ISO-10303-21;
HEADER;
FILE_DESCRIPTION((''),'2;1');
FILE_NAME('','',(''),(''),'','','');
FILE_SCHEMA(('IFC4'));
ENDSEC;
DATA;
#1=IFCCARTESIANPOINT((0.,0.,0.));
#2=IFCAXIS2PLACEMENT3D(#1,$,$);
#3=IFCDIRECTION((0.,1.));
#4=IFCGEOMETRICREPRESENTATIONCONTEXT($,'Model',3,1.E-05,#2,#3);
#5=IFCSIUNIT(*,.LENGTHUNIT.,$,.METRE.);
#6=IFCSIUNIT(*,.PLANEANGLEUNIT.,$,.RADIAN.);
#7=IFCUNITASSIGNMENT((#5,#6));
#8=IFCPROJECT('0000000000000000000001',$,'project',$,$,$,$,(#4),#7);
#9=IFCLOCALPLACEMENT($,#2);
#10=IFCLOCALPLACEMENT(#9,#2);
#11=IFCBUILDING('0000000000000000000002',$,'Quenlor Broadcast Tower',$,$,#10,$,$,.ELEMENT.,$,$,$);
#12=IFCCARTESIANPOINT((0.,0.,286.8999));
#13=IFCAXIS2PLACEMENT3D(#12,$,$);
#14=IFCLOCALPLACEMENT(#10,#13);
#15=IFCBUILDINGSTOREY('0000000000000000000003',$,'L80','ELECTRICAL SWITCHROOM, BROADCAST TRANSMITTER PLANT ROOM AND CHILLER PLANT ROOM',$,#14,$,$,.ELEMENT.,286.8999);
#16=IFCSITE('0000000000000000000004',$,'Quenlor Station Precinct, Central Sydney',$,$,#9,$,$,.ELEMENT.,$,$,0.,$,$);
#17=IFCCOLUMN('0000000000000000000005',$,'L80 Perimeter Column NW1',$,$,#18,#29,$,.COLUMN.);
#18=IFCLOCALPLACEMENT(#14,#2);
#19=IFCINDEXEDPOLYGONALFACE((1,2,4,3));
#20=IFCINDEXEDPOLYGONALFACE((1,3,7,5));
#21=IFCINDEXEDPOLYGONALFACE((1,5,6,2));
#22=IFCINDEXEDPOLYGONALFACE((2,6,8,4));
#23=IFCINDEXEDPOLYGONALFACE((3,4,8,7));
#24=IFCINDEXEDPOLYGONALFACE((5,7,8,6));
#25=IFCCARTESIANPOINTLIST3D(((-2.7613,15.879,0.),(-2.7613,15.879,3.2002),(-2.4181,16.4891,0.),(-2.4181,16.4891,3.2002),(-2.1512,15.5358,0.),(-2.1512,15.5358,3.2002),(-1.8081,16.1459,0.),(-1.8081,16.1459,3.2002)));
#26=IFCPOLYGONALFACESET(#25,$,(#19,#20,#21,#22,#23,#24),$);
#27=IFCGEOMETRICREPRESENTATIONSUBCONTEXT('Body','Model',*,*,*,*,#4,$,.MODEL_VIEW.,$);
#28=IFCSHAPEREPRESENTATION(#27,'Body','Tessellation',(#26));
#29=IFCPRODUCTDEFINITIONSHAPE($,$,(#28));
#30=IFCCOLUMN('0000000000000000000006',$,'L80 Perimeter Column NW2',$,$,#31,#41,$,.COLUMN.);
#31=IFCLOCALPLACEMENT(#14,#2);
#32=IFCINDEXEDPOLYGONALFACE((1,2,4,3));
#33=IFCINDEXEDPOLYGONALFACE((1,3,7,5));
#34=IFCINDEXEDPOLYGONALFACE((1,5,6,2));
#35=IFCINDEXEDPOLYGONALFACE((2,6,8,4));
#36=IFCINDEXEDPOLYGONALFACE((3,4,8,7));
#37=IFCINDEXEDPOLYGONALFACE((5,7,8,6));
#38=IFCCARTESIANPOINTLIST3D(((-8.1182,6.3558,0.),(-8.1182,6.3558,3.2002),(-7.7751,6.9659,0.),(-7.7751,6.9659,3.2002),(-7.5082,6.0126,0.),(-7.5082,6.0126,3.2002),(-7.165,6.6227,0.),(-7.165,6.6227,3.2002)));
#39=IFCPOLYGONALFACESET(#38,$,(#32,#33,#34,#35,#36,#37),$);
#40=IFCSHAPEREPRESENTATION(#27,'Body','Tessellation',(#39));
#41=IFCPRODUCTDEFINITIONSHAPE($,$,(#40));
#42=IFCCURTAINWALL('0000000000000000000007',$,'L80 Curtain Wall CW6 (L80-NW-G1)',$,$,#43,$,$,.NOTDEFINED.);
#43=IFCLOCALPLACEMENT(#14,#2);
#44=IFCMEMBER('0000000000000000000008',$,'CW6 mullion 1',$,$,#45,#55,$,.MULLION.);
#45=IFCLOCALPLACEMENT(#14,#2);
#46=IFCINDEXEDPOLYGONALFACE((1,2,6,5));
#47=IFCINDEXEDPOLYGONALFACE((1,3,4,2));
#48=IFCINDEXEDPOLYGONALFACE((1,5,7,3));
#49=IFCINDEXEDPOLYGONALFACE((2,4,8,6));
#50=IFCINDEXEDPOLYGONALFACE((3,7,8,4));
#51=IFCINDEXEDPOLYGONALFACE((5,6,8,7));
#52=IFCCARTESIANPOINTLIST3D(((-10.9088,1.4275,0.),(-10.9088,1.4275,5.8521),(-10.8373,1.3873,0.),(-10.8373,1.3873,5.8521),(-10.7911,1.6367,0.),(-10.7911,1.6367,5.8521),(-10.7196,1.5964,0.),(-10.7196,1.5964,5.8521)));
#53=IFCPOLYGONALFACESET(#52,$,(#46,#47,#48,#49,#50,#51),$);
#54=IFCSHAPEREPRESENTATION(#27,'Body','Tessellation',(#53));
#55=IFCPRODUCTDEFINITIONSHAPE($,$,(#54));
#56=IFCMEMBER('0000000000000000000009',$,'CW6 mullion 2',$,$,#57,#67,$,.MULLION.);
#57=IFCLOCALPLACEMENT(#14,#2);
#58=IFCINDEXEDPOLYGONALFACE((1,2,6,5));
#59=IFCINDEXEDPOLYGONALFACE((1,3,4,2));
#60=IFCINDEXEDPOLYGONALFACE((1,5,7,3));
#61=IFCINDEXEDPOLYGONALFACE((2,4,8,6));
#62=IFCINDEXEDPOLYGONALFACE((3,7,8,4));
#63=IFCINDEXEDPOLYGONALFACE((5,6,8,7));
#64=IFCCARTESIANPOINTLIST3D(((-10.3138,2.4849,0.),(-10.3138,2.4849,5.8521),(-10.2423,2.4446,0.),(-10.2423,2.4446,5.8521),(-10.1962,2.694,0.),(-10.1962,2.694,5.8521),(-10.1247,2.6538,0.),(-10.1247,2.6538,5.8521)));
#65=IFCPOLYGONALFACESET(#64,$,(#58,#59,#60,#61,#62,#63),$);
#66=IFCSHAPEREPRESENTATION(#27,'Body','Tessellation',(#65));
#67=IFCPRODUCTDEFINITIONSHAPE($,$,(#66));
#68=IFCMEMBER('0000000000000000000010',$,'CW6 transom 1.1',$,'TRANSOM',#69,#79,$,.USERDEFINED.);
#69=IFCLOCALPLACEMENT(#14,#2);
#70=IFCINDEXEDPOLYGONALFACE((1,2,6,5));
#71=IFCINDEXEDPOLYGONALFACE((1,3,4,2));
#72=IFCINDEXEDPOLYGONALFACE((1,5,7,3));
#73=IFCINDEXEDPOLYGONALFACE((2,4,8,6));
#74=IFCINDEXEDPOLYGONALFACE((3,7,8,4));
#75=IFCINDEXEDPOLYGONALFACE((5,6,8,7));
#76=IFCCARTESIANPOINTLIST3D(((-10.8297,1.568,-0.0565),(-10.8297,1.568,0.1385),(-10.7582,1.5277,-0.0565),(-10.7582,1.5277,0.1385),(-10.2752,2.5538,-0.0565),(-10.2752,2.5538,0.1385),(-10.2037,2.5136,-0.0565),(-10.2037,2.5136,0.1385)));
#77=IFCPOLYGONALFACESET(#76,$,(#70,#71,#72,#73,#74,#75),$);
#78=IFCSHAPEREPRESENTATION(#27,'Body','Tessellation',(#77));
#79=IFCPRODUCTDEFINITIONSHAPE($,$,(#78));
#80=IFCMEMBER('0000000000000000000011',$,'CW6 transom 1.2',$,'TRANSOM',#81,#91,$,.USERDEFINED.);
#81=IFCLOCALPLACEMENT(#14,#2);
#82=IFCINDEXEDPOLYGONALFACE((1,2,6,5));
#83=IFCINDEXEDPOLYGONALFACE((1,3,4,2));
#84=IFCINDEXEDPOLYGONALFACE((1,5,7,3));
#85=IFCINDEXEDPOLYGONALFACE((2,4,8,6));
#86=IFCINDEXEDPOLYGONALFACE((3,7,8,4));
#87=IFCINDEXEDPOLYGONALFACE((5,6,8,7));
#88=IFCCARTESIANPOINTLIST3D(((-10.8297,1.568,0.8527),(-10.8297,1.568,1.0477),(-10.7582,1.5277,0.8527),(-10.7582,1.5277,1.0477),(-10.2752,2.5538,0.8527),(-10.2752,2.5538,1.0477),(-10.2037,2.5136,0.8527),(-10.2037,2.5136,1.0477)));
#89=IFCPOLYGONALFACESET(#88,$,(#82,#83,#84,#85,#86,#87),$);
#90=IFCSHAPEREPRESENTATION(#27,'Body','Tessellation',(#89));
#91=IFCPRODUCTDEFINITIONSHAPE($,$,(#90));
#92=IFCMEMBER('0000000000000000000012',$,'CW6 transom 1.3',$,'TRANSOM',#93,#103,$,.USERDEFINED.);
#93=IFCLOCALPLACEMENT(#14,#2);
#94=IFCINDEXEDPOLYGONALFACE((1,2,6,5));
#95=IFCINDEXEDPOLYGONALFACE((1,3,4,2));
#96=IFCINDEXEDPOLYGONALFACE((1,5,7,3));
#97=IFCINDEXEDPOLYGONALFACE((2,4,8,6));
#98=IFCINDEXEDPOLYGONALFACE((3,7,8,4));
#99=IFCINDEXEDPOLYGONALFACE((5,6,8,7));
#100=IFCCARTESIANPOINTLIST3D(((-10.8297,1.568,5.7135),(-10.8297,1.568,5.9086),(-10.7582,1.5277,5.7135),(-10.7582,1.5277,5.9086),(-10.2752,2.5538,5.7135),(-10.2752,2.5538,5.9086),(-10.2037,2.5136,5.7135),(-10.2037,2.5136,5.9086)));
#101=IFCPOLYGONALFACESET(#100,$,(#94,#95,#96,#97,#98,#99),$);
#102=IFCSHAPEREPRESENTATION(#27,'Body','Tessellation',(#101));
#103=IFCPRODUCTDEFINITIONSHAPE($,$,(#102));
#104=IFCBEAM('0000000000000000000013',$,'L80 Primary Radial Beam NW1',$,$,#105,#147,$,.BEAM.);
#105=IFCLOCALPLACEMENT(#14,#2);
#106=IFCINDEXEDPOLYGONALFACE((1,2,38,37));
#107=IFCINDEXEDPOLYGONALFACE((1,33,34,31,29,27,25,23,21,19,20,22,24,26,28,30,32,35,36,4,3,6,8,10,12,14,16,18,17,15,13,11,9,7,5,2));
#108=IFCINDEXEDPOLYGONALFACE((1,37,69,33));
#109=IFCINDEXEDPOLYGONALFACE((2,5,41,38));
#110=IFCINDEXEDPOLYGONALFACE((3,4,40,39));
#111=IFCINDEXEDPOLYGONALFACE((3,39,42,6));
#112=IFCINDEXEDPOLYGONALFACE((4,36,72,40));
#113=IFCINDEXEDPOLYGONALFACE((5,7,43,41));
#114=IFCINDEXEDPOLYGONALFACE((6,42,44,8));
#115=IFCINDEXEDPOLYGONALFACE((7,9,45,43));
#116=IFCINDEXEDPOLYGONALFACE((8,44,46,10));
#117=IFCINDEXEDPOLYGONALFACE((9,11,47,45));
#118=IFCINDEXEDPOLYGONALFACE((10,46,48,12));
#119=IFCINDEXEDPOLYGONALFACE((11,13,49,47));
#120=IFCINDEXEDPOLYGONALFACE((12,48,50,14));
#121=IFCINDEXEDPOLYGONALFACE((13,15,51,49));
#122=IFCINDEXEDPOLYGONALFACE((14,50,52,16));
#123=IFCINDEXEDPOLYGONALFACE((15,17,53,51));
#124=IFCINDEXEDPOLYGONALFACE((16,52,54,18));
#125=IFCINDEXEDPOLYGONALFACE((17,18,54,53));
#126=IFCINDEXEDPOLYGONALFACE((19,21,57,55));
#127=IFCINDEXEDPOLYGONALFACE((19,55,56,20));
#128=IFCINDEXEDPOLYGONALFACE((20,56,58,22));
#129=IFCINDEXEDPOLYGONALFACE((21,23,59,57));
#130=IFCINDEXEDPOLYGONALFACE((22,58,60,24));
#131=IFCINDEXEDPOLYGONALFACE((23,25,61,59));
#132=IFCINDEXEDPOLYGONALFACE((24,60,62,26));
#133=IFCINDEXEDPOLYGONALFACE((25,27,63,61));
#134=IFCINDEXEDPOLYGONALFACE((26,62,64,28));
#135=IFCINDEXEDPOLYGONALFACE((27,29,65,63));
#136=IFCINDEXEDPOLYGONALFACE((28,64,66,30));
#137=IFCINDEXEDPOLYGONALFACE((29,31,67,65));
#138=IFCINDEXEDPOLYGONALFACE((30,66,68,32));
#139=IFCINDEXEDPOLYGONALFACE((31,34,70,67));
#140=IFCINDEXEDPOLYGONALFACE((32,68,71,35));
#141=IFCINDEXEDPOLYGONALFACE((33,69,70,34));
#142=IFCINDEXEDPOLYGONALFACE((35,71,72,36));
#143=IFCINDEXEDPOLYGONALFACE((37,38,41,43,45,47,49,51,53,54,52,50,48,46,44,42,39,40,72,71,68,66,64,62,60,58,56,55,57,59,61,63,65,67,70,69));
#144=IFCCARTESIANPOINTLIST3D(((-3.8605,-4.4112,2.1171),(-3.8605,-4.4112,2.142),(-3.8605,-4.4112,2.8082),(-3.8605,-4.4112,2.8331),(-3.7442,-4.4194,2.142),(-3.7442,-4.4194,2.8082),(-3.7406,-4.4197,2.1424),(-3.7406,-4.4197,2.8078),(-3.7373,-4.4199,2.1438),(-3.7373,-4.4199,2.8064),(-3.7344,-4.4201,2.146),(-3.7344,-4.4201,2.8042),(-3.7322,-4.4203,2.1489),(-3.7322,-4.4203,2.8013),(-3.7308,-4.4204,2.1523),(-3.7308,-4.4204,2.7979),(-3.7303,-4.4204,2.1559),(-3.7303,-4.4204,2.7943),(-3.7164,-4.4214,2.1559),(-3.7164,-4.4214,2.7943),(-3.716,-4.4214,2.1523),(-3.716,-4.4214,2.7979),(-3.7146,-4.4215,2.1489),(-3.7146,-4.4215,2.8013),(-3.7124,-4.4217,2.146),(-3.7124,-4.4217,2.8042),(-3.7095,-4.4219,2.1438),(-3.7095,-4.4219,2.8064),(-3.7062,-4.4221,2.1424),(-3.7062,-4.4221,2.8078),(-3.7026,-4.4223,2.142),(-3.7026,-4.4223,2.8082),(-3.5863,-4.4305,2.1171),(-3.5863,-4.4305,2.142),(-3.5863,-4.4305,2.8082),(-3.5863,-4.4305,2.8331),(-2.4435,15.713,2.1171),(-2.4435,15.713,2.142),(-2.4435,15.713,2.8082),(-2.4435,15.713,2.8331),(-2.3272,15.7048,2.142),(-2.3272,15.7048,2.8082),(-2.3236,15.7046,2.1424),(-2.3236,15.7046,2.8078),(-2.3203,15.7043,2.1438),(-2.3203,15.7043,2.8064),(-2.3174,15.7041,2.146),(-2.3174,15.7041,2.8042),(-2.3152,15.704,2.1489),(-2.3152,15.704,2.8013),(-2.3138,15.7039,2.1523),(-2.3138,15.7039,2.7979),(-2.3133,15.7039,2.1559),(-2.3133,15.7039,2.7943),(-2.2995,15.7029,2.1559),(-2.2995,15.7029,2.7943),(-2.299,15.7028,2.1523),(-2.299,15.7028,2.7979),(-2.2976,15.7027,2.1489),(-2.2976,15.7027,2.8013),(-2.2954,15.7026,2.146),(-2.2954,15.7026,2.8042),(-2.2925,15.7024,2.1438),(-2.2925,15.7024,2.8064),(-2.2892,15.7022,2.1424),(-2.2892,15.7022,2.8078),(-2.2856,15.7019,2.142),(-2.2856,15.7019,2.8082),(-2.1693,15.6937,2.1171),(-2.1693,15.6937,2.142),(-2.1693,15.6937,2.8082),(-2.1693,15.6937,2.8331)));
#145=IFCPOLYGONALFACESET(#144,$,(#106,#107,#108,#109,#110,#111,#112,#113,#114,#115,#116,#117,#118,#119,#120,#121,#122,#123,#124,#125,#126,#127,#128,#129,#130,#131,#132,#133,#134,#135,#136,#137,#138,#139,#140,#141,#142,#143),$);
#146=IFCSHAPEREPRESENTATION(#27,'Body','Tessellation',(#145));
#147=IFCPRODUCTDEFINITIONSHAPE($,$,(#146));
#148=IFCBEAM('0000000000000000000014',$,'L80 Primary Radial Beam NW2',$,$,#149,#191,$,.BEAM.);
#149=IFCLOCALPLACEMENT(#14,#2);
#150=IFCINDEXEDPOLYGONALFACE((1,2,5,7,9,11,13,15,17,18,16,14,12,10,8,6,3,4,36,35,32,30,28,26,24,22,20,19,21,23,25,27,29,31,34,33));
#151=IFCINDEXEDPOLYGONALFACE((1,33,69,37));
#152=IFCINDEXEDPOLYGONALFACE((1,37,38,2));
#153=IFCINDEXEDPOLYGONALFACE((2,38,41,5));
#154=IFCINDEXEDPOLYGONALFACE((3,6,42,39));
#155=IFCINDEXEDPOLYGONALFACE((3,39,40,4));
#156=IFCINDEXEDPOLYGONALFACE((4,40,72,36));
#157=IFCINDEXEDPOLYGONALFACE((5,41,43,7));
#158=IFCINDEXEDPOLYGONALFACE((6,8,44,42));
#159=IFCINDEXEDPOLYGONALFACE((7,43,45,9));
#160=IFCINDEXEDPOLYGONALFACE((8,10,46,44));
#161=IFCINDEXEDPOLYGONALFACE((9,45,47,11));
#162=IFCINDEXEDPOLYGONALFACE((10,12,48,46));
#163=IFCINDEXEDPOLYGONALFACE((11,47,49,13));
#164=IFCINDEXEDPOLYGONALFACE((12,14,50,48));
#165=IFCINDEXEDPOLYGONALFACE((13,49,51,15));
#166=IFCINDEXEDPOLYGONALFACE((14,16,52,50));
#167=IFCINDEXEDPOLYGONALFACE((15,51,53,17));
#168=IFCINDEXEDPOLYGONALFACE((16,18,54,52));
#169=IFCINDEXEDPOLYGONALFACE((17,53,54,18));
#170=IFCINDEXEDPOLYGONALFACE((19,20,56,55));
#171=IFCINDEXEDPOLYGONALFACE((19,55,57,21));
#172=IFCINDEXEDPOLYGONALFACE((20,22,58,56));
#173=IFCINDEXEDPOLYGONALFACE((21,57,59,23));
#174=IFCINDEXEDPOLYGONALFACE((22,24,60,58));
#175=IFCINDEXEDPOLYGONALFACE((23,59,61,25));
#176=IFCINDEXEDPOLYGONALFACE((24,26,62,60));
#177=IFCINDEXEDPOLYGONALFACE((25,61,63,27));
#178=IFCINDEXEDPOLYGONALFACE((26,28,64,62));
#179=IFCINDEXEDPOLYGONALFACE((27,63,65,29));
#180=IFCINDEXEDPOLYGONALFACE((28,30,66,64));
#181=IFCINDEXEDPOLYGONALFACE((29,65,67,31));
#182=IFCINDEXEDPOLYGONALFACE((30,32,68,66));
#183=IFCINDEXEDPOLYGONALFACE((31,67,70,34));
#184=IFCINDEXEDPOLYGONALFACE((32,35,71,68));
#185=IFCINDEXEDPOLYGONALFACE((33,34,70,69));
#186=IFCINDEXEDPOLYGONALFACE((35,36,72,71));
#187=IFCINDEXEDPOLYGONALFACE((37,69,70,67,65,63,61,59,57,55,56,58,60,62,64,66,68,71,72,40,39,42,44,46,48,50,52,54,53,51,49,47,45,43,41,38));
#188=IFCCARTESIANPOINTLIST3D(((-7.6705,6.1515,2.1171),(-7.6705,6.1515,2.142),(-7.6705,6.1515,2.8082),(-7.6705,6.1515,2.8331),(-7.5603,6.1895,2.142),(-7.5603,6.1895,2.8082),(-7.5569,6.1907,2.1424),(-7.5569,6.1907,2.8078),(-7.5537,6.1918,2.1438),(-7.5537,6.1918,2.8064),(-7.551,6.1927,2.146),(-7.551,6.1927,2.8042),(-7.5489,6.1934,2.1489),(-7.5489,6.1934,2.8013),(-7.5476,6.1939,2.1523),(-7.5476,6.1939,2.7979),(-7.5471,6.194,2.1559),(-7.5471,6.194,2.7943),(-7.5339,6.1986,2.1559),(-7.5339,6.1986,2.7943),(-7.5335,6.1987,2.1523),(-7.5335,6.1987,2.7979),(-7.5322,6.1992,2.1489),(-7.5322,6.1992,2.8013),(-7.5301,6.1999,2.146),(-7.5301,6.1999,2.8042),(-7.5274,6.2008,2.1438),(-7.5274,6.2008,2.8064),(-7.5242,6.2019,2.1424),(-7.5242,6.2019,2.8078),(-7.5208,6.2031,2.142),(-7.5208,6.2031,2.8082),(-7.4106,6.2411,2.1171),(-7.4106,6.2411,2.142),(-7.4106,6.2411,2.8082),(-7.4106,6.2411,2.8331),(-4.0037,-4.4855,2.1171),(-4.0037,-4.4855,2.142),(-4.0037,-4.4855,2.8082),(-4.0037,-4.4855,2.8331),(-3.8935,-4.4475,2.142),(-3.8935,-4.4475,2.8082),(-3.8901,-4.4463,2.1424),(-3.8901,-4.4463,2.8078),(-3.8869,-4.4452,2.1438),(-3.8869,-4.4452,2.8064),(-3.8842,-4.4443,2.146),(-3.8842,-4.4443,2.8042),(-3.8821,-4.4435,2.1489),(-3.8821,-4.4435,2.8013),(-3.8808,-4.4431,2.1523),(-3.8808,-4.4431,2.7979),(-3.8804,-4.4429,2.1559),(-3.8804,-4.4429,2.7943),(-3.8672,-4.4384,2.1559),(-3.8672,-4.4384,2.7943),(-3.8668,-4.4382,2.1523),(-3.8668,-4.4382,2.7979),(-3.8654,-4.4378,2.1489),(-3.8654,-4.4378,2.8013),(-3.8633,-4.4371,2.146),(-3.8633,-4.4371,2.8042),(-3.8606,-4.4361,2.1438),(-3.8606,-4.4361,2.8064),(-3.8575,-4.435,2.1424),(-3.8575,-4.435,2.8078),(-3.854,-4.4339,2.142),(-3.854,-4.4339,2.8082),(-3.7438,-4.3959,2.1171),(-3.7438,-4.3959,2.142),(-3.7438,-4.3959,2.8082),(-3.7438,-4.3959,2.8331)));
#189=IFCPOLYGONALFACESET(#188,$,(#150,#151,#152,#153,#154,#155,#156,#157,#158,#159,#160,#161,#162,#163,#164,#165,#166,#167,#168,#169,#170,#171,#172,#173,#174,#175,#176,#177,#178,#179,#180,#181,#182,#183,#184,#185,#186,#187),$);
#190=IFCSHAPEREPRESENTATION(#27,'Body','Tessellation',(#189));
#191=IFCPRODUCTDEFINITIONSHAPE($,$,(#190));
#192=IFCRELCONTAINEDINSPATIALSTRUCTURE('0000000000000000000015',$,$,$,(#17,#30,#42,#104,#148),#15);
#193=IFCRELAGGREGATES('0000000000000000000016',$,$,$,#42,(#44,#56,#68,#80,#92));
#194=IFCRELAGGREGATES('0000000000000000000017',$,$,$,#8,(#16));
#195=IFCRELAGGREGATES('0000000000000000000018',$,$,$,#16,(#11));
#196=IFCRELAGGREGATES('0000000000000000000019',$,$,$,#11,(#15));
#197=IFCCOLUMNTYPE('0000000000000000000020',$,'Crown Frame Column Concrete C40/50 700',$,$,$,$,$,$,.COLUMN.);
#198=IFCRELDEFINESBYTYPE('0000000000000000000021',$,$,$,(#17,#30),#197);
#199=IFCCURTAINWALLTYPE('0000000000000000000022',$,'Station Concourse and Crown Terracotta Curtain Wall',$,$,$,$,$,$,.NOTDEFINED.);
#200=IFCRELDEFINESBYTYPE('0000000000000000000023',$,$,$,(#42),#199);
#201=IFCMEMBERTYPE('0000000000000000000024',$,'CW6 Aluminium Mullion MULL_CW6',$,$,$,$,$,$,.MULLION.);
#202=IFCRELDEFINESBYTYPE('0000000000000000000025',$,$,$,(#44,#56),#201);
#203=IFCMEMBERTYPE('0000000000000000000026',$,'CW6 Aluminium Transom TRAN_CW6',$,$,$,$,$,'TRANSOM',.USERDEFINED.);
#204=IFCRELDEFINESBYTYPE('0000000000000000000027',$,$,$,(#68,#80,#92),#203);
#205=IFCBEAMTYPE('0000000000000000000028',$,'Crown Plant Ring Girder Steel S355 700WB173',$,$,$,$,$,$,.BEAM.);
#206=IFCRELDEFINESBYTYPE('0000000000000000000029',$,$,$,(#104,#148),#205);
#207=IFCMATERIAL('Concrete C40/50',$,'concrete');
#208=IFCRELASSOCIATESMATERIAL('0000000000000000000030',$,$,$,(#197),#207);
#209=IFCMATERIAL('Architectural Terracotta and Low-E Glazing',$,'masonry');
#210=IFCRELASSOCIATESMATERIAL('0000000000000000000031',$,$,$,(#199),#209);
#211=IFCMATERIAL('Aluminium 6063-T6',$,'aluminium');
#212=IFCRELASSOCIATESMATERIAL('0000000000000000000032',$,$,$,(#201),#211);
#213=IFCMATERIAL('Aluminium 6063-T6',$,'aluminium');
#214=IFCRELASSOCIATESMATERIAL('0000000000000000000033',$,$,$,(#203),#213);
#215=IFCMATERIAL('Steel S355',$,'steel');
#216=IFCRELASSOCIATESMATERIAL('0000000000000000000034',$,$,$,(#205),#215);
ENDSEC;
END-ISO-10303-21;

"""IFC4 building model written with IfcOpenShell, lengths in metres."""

from ifc_helpers import new_model, si_unit, direction, frame, origin, origin_2d, place, context, subcontext, project, spatial, rectangle, i_section, extrude, material, material_profile, profile_set, type_object, element, aggregate, save


model = new_model("IFC4")

# Units and contexts
model_context = context("Model", 3, precision=1e-05, world=origin(), true_north=direction((0.0, 1.0)))
body_context = subcontext(model_context, "Body", "Model", "MODEL_VIEW")
ifc_project = project(units=[si_unit("LENGTHUNIT", "METRE"), si_unit("PLANEANGLEUNIT", "RADIAN")], contexts=[model_context])

# Site, building, storey
site_placement = place(None, origin())
site = spatial("IfcSite", under=ifc_project, at=site_placement, Name="Quenlor Station Precinct, Central Sydney", CompositionType="ELEMENT", RefElevation=0.0)
building_placement = place(site_placement, origin())
building = spatial("IfcBuilding", under=site, at=building_placement, Name="Quenlor Broadcast Tower", CompositionType="ELEMENT")
storey_placement = place(building_placement, frame((0.0, 0.0, 286.8999)))
storey = spatial("IfcBuildingStorey", under=building, at=storey_placement, Name="L80", Description="ELECTRICAL SWITCHROOM, BROADCAST TRANSMITTER PLANT ROOM AND CHILLER PLANT ROOM", CompositionType="ELEMENT", Elevation=286.8999)

# Columns
ifc_material_1 = material(Name="Concrete C40/50", Category="concrete")
ifc_material_profile_1 = material_profile(ifc_material_1, rectangle(XDim=0.7, YDim=0.7, at=origin_2d()))
ifc_profile_set_1 = profile_set([ifc_material_profile_1], Name="Concrete C40/50 RC700x700")
column_type = type_object("IfcColumnType", Name="Crown Frame Column Concrete C40/50 700", PredefinedType="COLUMN", material=ifc_profile_set_1)
for number, where, z_axis, x_axis, name in (
    (1, (-2.2847, 16.0125, 0.0), (0.0, 0.0, 1.0), (-0.871575, 0.490262, 0.0), "L80 Perimeter Column NW1"),
    (2, (-7.6416, 6.4893, 0.0), (0.0, 0.0, 1.0), (-0.871575, 0.490262, 0.0), "L80 Perimeter Column NW2"),
):
    element("IfcColumn", number, at=place(storey_placement, frame(where, z_axis=z_axis, x_axis=x_axis)), inside=storey, type_object=column_type, Name=name, PredefinedType="COLUMN", context=body_context, shape_type="SweptSolid", body=[
        extrude(rectangle(XDim=0.7, YDim=0.7, at=origin_2d()), origin(), (0.0, 0.0, 1.0), 3.2002),
    ])

# Curtain wall, members
ifc_material_2 = material(Name="Architectural Terracotta and Low-E Glazing", Category="masonry")
curtain_wall_type = type_object("IfcCurtainWallType", Name="Station Concourse and Crown Terracotta Curtain Wall", PredefinedType="NOTDEFINED", material=ifc_material_2)
curtain_wall_placement = place(storey_placement, origin())
curtain_wall = element("IfcCurtainWall", 3, at=curtain_wall_placement, inside=storey, type_object=curtain_wall_type, Name="L80 Curtain Wall CW6 (L80-NW-G1)", PredefinedType="NOTDEFINED")
ifc_material_3 = material(Name="Aluminium 6063-T6", Category="aluminium")
ifc_material_profile_2 = material_profile(ifc_material_3, rectangle(XDim=0.082, YDim=0.24, at=origin_2d()))
ifc_profile_set_2 = profile_set([ifc_material_profile_2], Name="Aluminium 6063-T6 MULL82x240")
member_type_1 = type_object("IfcMemberType", Name="CW6 Aluminium Mullion MULL_CW6", PredefinedType="MULLION", material=ifc_profile_set_2)
member_1_placement = place(storey_placement, frame((-10.8142, 1.512, 0.0), z_axis=(0.0, 0.0, 1.0), x_axis=(-0.871559, 0.490291, 0.0)))
member_1 = element("IfcMember", 4, at=member_1_placement, type_object=member_type_1, Name="CW6 mullion 1", PredefinedType="MULLION", context=body_context, shape_type="SweptSolid", body=[
    extrude(rectangle(XDim=0.082, YDim=0.24, at=origin_2d()), origin(), (0.0, 0.0, 1.0), 5.8521),
])
member_2_placement = place(storey_placement, frame((-10.2192, 2.5693, 0.0), z_axis=(0.0, 0.0, 1.0), x_axis=(-0.871559, 0.490291, 0.0)))
member_2 = element("IfcMember", 5, at=member_2_placement, type_object=member_type_1, Name="CW6 mullion 2", PredefinedType="MULLION", context=body_context, shape_type="SweptSolid", body=[
    extrude(rectangle(XDim=0.082, YDim=0.24, at=origin_2d()), origin(), (0.0, 0.0, 1.0), 5.8521),
])
ifc_material_4 = material(Name="Aluminium 6063-T6", Category="aluminium")
ifc_material_profile_3 = material_profile(ifc_material_4, rectangle(XDim=0.082, YDim=0.1951, at=origin_2d()))
ifc_profile_set_3 = profile_set([ifc_material_profile_3], Name="Aluminium 6063-T6 TRAN82x195")
member_type_2 = type_object("IfcMemberType", Name="CW6 Aluminium Transom TRAN_CW6", ElementType="TRANSOM", PredefinedType="USERDEFINED", material=ifc_profile_set_3)
member_3_placement = place(storey_placement, frame((-10.7939, 1.5479, 0.041), z_axis=(0.4902, 0.87161, 0.0), x_axis=(-0.87161, 0.4902, 0.0)))
member_3 = element("IfcMember", 6, at=member_3_placement, type_object=member_type_2, Name="CW6 transom 1.1", ObjectType="TRANSOM", PredefinedType="USERDEFINED", context=body_context, shape_type="SweptSolid", body=[
    extrude(rectangle(XDim=0.082, YDim=0.1951, at=origin_2d()), origin(), (0.0, 0.0, 1.0), 1.1311),
])
member_4_placement = place(storey_placement, frame((-10.7939, 1.5479, 0.9502), z_axis=(0.4902, 0.87161, 0.0), x_axis=(-0.87161, 0.4902, 0.0)))
member_4 = element("IfcMember", 7, at=member_4_placement, type_object=member_type_2, Name="CW6 transom 1.2", ObjectType="TRANSOM", PredefinedType="USERDEFINED", context=body_context, shape_type="SweptSolid", body=[
    extrude(rectangle(XDim=0.082, YDim=0.1951, at=origin_2d()), origin(), (0.0, 0.0, 1.0), 1.1311),
])
member_5_placement = place(storey_placement, frame((-10.7939, 1.5479, 5.811), z_axis=(0.4902, 0.87161, 0.0), x_axis=(-0.87161, 0.4902, 0.0)))
member_5 = element("IfcMember", 8, at=member_5_placement, type_object=member_type_2, Name="CW6 transom 1.3", ObjectType="TRANSOM", PredefinedType="USERDEFINED", context=body_context, shape_type="SweptSolid", body=[
    extrude(rectangle(XDim=0.082, YDim=0.1951, at=origin_2d()), origin(), (0.0, 0.0, 1.0), 1.1311),
])

# Beams
ifc_material_5 = material(Name="Steel S355", Category="steel")
ifc_material_profile_4 = material_profile(ifc_material_5, i_section(OverallWidth=0.2749, OverallDepth=0.7161, WebThickness=0.0139, FlangeThickness=0.0249, FilletRadius=0.0139, at=origin_2d()))
ifc_profile_set_4 = profile_set([ifc_material_profile_4], Name="Steel S355 700WB173")
beam_type_1 = type_object("IfcBeamType", Name="Crown Plant Ring Girder Steel S355 700WB173", PredefinedType="BEAM", material=ifc_profile_set_4)
beam_1_placement = place(storey_placement, frame((-2.3064, 15.7034, 2.4751), z_axis=(-0.070238, -0.99753, 0.0), x_axis=(0.99753, -0.070238, 0.0)))
element("IfcBeam", 9, at=beam_1_placement, inside=storey, type_object=beam_type_1, Name="L80 Primary Radial Beam NW1", PredefinedType="BEAM", context=body_context, shape_type="SweptSolid", body=[
    extrude(i_section(OverallWidth=0.2749, OverallDepth=0.7161, WebThickness=0.0139, FlangeThickness=0.0249, FilletRadius=0.0139, at=origin_2d()), origin(), (0.0, 0.0, 1.0), 20.1741),
])
beam_2_placement = place(storey_placement, frame((-7.5405, 6.1963, 2.4751), z_axis=(0.325898, -0.945405, 0.0), x_axis=(0.945405, 0.325898, 0.0)))
element("IfcBeam", 10, at=beam_2_placement, inside=storey, type_object=beam_type_1, Name="L80 Primary Radial Beam NW2", PredefinedType="BEAM", context=body_context, shape_type="SweptSolid", body=[
    extrude(i_section(OverallWidth=0.2749, OverallDepth=0.7161, WebThickness=0.0139, FlangeThickness=0.0249, FilletRadius=0.0139, at=origin_2d()), origin(), (0.0, 0.0, 1.0), 11.2512),
])

aggregate(curtain_wall, [member_1, member_2, member_3, member_4, member_5])

save(model, "model.ifc")
